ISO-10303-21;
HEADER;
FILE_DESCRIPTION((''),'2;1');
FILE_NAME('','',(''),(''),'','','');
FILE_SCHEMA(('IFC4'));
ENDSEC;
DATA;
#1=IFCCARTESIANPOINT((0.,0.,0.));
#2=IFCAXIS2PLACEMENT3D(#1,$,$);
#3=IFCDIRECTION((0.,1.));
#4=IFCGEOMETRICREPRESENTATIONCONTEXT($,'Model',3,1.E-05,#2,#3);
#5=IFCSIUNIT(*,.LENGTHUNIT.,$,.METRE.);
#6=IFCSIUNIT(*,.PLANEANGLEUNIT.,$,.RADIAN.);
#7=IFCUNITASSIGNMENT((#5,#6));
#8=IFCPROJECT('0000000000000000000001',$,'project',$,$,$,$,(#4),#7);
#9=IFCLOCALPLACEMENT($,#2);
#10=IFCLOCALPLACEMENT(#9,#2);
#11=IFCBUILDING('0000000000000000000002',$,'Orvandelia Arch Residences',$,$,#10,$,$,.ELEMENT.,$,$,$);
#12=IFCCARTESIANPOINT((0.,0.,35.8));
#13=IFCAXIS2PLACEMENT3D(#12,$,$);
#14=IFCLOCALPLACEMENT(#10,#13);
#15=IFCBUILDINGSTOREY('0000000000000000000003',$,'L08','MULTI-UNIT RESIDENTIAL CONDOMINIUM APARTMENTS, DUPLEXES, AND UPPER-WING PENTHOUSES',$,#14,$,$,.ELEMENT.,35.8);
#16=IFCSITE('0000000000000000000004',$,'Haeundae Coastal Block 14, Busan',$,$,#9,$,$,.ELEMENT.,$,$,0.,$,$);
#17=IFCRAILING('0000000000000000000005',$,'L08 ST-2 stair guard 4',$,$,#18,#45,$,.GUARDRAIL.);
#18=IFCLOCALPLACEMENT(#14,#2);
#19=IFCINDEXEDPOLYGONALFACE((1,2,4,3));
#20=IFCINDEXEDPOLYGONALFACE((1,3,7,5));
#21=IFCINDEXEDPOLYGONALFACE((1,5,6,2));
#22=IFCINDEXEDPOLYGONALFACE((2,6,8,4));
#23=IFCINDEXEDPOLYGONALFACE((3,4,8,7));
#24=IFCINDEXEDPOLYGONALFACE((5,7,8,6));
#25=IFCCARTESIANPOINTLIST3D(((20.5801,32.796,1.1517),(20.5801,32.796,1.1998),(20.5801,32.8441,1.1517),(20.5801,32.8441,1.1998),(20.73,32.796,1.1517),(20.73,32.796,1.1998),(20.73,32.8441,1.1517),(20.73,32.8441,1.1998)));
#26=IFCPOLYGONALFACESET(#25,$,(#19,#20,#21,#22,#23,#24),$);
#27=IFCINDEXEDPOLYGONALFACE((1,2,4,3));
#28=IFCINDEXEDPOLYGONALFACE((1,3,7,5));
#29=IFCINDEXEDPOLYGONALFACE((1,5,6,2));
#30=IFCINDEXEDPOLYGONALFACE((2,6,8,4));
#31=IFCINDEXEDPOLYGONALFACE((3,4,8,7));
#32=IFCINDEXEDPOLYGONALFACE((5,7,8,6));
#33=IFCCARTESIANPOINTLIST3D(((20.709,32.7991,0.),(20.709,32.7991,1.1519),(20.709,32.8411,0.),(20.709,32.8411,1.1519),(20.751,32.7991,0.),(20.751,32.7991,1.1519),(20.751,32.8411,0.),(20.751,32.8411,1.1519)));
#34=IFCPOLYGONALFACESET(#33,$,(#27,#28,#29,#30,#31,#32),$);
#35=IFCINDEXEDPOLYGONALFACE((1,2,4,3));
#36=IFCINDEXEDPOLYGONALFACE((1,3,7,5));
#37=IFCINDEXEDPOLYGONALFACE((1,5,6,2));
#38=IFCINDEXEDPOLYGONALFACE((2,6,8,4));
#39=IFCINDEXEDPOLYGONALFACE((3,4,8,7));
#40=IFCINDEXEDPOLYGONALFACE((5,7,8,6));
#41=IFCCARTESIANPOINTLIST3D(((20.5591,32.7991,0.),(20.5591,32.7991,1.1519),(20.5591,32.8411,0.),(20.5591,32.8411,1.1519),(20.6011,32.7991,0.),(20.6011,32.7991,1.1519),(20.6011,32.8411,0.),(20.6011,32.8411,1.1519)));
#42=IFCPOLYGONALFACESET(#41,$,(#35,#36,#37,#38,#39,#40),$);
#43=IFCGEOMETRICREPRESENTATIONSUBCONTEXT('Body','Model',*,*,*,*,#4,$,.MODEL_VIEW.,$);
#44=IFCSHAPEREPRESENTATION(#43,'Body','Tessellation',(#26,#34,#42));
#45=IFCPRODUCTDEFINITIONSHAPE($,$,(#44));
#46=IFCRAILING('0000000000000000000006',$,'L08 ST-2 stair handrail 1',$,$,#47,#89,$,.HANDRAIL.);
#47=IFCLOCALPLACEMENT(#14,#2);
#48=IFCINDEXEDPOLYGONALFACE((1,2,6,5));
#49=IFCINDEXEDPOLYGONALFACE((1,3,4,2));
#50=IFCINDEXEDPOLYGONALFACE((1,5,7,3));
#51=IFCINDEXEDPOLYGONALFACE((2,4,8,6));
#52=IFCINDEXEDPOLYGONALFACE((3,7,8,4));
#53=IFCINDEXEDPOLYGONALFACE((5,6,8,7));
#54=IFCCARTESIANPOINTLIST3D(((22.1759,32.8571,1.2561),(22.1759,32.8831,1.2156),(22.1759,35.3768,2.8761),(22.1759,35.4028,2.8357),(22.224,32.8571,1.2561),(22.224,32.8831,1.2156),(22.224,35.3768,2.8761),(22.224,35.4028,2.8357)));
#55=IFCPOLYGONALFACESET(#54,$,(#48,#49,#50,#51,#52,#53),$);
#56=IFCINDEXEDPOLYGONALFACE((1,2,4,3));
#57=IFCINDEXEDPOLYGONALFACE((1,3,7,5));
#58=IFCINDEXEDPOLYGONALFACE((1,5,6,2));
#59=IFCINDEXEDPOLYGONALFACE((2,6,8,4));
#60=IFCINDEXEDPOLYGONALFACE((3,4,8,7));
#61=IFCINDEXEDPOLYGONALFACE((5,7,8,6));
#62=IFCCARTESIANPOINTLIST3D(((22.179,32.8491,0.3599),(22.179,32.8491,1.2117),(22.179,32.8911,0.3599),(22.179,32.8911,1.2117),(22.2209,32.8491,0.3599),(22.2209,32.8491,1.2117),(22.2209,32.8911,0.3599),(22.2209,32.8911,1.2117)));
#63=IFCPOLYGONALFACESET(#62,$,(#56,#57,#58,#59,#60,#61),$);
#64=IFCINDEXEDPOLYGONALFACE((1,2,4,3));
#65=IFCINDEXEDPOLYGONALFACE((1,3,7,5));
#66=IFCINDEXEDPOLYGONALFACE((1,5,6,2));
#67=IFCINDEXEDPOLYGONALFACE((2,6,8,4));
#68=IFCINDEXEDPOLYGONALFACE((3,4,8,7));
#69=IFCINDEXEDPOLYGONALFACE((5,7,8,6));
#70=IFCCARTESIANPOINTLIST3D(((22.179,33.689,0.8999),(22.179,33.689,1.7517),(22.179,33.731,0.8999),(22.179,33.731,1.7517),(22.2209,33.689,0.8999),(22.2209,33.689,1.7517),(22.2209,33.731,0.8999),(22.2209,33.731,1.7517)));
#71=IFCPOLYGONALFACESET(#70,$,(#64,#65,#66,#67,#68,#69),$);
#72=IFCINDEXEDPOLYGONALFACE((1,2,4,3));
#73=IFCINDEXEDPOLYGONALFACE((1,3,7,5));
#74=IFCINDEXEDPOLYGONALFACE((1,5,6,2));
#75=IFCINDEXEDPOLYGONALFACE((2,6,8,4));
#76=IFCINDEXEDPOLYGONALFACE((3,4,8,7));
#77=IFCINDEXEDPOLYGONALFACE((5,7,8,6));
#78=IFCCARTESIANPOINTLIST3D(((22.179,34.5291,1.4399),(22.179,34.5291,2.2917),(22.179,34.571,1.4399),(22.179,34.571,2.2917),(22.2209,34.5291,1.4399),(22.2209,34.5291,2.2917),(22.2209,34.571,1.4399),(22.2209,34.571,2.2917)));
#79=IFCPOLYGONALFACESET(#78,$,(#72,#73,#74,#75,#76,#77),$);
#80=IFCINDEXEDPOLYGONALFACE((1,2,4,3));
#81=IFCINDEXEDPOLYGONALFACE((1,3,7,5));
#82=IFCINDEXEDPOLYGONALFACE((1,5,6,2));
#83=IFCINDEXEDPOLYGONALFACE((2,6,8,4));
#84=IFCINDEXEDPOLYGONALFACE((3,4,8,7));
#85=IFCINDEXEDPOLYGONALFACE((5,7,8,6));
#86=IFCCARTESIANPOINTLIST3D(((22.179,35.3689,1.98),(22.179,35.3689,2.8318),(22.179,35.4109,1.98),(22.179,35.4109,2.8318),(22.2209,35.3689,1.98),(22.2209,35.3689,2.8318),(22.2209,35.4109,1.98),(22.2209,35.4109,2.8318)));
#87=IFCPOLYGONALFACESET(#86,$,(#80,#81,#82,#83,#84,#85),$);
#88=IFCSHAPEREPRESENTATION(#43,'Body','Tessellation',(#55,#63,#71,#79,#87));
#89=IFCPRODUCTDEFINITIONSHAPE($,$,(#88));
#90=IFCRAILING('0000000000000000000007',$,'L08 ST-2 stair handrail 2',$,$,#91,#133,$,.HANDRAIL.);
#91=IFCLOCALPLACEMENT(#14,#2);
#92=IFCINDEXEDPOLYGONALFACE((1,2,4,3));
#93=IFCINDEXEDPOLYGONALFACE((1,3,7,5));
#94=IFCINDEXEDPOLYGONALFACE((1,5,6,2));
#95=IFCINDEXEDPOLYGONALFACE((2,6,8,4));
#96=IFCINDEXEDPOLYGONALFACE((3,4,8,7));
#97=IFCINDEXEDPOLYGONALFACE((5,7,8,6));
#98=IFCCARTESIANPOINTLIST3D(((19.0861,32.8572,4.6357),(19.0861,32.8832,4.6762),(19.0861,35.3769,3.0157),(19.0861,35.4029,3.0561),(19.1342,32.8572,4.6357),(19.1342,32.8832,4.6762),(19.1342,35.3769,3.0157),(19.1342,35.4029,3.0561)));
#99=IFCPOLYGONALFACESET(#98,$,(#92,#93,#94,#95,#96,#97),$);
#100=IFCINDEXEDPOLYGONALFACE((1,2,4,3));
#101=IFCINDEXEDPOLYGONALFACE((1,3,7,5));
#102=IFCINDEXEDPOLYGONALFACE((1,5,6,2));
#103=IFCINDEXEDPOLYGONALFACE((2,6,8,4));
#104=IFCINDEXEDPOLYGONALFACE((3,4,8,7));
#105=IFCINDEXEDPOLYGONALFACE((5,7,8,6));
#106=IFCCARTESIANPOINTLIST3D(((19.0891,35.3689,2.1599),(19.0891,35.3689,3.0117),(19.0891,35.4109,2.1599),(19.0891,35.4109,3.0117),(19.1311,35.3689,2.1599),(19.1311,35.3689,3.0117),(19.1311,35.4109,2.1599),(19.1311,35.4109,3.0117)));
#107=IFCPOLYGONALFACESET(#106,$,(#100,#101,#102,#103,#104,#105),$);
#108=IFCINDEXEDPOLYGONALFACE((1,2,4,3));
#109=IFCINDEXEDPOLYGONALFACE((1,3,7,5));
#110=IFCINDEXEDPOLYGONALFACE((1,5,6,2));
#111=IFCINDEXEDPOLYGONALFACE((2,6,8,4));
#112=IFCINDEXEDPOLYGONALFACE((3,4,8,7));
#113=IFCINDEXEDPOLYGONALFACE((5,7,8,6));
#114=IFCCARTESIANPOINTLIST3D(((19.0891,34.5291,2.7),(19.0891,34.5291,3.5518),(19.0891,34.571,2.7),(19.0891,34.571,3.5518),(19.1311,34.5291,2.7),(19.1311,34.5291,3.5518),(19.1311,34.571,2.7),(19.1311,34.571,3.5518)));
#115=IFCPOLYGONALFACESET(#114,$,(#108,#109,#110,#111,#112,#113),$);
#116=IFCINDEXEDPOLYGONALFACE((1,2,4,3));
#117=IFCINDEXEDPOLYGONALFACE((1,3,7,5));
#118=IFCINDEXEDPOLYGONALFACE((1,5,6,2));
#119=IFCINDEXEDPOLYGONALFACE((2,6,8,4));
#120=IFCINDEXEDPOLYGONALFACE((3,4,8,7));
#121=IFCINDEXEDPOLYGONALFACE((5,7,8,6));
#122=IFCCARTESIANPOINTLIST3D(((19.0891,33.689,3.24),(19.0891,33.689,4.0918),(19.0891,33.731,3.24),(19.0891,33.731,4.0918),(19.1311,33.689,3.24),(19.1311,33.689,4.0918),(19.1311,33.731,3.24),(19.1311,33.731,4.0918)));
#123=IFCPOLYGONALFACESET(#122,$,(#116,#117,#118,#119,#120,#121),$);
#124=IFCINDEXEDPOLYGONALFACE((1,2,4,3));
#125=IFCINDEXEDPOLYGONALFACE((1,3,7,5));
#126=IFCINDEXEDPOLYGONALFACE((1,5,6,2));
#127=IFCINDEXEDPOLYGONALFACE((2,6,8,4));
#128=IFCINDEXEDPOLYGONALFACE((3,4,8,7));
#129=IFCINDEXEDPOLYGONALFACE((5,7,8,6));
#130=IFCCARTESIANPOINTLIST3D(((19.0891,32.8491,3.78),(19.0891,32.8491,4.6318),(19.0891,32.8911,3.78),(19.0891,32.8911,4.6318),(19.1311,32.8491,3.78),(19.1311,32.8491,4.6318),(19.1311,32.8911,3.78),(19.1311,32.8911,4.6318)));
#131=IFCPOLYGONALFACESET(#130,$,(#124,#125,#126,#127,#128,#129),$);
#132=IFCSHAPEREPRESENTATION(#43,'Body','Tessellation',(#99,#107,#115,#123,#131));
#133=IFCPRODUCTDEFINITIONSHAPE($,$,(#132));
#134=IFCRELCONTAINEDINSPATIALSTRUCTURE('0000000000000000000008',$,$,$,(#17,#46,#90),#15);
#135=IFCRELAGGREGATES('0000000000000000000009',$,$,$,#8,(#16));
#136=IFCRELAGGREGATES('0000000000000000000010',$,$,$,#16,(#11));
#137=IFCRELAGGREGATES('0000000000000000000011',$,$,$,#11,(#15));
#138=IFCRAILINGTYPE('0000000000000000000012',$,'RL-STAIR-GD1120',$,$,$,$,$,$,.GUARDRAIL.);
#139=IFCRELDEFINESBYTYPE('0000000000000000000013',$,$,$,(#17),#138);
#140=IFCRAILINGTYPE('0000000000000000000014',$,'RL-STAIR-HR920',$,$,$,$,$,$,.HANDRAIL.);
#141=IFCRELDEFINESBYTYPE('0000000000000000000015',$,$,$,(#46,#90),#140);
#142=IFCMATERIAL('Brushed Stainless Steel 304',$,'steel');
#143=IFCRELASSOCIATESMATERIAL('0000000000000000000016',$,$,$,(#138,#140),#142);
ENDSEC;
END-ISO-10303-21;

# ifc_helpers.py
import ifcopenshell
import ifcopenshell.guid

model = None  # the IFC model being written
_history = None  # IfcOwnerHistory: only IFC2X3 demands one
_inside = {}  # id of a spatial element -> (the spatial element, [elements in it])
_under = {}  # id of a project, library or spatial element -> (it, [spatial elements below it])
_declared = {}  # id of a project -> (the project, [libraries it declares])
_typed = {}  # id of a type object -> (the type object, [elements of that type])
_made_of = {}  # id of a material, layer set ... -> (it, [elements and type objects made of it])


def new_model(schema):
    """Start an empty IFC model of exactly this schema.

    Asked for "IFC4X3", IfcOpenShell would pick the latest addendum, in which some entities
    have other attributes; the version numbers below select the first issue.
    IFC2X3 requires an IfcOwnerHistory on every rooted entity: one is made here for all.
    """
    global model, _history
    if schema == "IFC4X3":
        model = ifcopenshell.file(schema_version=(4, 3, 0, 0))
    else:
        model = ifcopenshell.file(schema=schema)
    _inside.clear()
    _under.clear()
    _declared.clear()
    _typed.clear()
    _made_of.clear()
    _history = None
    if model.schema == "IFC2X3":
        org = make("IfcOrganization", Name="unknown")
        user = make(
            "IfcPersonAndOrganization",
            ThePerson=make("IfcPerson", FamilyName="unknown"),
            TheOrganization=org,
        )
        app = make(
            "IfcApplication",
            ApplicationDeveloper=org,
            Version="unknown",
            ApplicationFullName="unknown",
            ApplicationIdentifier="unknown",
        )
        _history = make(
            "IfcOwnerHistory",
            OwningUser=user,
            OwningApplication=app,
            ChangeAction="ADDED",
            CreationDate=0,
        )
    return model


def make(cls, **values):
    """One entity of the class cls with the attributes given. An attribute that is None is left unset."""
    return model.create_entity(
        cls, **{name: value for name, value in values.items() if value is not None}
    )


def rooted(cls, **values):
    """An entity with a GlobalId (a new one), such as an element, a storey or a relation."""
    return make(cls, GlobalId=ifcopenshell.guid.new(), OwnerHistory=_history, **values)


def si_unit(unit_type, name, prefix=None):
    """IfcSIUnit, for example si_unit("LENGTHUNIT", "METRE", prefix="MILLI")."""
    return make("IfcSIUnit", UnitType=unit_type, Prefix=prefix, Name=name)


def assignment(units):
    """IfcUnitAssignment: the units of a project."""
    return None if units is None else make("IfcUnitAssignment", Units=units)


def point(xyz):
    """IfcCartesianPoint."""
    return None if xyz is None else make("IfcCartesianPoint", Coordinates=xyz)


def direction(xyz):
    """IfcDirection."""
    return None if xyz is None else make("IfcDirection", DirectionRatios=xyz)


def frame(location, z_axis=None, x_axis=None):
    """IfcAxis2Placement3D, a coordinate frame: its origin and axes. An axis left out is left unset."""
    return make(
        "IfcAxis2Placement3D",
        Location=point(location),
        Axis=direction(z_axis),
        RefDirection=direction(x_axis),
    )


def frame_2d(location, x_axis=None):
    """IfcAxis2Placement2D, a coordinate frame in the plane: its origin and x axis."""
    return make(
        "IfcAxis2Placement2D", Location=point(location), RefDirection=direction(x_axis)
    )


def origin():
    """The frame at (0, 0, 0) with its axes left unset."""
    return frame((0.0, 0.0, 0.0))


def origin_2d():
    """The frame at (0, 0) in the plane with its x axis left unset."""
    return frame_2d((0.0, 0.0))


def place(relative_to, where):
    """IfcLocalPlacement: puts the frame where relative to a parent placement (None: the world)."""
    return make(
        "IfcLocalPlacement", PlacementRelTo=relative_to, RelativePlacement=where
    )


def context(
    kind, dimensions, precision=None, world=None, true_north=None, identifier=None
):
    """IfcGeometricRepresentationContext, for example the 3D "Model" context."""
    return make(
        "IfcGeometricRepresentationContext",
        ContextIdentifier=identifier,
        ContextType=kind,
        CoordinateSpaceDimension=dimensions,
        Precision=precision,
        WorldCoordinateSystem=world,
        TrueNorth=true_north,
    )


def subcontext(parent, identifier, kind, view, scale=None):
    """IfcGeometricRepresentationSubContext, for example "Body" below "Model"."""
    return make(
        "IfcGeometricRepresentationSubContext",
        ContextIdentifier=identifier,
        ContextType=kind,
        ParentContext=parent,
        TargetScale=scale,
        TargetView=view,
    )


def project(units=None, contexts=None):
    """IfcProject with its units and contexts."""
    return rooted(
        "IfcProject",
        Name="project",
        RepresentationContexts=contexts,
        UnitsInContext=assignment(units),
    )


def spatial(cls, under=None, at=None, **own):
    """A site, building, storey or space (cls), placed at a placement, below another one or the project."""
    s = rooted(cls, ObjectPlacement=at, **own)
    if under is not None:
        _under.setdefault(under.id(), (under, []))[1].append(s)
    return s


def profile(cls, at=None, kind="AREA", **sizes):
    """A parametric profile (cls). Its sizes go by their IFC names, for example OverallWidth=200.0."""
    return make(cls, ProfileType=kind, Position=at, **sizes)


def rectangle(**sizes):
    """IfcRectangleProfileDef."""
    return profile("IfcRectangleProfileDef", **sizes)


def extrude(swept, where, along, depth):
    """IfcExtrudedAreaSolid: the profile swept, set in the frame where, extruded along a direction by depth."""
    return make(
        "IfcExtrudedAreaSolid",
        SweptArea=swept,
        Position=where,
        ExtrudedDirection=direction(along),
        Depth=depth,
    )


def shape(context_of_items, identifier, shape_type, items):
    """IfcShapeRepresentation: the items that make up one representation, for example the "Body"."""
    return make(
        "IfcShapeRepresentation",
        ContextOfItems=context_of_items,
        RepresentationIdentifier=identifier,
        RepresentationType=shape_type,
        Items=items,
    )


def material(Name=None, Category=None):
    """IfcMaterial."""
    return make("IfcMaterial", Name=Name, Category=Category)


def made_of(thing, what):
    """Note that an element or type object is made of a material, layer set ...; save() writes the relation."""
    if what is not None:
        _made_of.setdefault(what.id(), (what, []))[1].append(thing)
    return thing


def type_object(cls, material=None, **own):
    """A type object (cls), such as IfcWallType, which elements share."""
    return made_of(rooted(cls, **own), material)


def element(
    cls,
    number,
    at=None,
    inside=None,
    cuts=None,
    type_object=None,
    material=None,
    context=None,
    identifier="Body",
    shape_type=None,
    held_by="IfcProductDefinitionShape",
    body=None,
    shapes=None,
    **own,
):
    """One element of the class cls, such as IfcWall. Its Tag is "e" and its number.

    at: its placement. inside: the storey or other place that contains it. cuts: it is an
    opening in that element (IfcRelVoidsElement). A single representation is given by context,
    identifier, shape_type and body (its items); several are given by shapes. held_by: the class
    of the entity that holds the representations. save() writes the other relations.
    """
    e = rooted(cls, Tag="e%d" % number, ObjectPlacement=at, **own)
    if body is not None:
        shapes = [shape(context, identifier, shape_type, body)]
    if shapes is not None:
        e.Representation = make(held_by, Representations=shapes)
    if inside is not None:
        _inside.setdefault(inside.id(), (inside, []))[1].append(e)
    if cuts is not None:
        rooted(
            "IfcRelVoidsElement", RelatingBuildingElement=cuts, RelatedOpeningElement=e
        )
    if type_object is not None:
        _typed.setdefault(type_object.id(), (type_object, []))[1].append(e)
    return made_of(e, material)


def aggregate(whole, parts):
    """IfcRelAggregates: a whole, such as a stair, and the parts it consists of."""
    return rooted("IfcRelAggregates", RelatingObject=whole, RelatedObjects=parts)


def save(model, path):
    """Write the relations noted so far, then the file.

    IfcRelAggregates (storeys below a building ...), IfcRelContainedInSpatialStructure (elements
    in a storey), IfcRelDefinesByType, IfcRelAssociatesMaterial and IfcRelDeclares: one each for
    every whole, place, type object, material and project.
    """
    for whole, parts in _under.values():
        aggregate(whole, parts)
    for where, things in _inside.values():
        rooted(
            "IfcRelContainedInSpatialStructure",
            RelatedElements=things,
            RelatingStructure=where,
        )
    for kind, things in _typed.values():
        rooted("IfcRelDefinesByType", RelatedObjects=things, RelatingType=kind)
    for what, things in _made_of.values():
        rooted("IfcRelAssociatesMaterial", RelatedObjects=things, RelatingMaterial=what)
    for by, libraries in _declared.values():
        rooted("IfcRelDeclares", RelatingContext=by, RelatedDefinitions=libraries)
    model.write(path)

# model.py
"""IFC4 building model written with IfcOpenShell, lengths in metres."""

from ifc_helpers import new_model, si_unit, direction, frame, origin, origin_2d, place, context, subcontext, project, spatial, rectangle, extrude, material, type_object, element, save


model = new_model("IFC4")

# Units and contexts
model_context = context("Model", 3, precision=1e-05, world=origin(), true_north=direction((0.0, 1.0)))
body_context = subcontext(model_context, "Body", "Model", "MODEL_VIEW")
ifc_project = project(units=[si_unit("LENGTHUNIT", "METRE"), si_unit("PLANEANGLEUNIT", "RADIAN")], contexts=[model_context])

# Site, building, storey
site_placement = place(None, origin())
site = spatial("IfcSite", under=ifc_project, at=site_placement, Name="Haeundae Coastal Block 14, Busan", CompositionType="ELEMENT", RefElevation=0.0)
building_placement = place(site_placement, origin())
building = spatial("IfcBuilding", under=site, at=building_placement, Name="Orvandelia Arch Residences", CompositionType="ELEMENT")
storey_placement = place(building_placement, frame((0.0, 0.0, 35.8)))
storey = spatial("IfcBuildingStorey", under=building, at=storey_placement, Name="L08", Description="MULTI-UNIT RESIDENTIAL CONDOMINIUM APARTMENTS, DUPLEXES, AND UPPER-WING PENTHOUSES", CompositionType="ELEMENT", Elevation=35.8)

# Railings
ifc_material_1 = material(Name="Brushed Stainless Steel 304", Category="steel")
railing_type_1 = type_object("IfcRailingType", Name="RL-STAIR-GD1120", PredefinedType="GUARDRAIL", material=ifc_material_1)
railing_1_placement = place(storey_placement, frame((20.73, 32.8201, 0.0)))
element("IfcRailing", 1, at=railing_1_placement, inside=storey, type_object=railing_type_1, Name="L08 ST-2 stair guard 4", PredefinedType="GUARDRAIL", context=body_context, shape_type="SweptSolid", body=[
    extrude(rectangle(XDim=0.0481, YDim=0.0481, at=origin_2d()), frame((0.0, 0.0, 1.1758), z_axis=(-1.0, 0.0, 0.0), x_axis=(0.0, -1.0, 0.0)), (0.0, 0.0, 1.0), 0.1499),
    extrude(rectangle(XDim=0.042, YDim=0.042, at=origin_2d()), origin(), (0.0, 0.0, 1.0), 1.1519),
    extrude(rectangle(XDim=0.042, YDim=0.042, at=origin_2d()), frame((-0.1499, 0.0, 0.0)), (0.0, 0.0, 1.0), 1.1519),
])
railing_type_2 = type_object("IfcRailingType", Name="RL-STAIR-HR920", PredefinedType="HANDRAIL", material=ifc_material_1)
railing_2_placement = place(storey_placement, frame((22.2, 32.8701, 0.3599)))
element("IfcRailing", 2, at=railing_2_placement, inside=storey, type_object=railing_type_2, Name="L08 ST-2 stair handrail 1", PredefinedType="HANDRAIL", context=body_context, shape_type="SweptSolid", body=[
    extrude(rectangle(XDim=0.0481, YDim=0.0481, at=origin_2d()), frame((0.0, 0.0, 0.876), z_axis=(0.0, 0.841139, 0.540819), x_axis=(-1.0, 0.0, 0.0)), (0.0, 0.0, 1.0), 2.9956),
    extrude(rectangle(XDim=0.042, YDim=0.042, at=origin_2d()), origin(), (0.0, 0.0, 1.0), 0.8518),
    extrude(rectangle(XDim=0.042, YDim=0.042, at=origin_2d()), frame((0.0, 0.8398, 0.54)), (0.0, 0.0, 1.0), 0.8518),
    extrude(rectangle(XDim=0.042, YDim=0.042, at=origin_2d()), frame((0.0, 1.6799, 1.0801)), (0.0, 0.0, 1.0), 0.8518),
    extrude(rectangle(XDim=0.042, YDim=0.042, at=origin_2d()), frame((0.0, 2.5198, 1.6201)), (0.0, 0.0, 1.0), 0.8518),
])
railing_3_placement = place(storey_placement, frame((19.1101, 35.3899, 2.1599)))
element("IfcRailing", 3, at=railing_3_placement, inside=storey, type_object=railing_type_2, Name="L08 ST-2 stair handrail 2", PredefinedType="HANDRAIL", context=body_context, shape_type="SweptSolid", body=[
    extrude(rectangle(XDim=0.0481, YDim=0.0481, at=origin_2d()), frame((0.0, 0.0, 0.876), z_axis=(0.0, -0.841139, 0.540819), x_axis=(1.0, 0.0, 0.0)), (0.0, 0.0, 1.0), 2.9956),
    extrude(rectangle(XDim=0.042, YDim=0.042, at=origin_2d()), origin(), (0.0, 0.0, 1.0), 0.8518),
    extrude(rectangle(XDim=0.042, YDim=0.042, at=origin_2d()), frame((0.0, -0.8398, 0.54)), (0.0, 0.0, 1.0), 0.8518),
    extrude(rectangle(XDim=0.042, YDim=0.042, at=origin_2d()), frame((0.0, -1.6799, 1.0801)), (0.0, 0.0, 1.0), 0.8518),
    extrude(rectangle(XDim=0.042, YDim=0.042, at=origin_2d()), frame((0.0, -2.5198, 1.6201)), (0.0, 0.0, 1.0), 0.8518),
])

save(model, "model.ifc")
